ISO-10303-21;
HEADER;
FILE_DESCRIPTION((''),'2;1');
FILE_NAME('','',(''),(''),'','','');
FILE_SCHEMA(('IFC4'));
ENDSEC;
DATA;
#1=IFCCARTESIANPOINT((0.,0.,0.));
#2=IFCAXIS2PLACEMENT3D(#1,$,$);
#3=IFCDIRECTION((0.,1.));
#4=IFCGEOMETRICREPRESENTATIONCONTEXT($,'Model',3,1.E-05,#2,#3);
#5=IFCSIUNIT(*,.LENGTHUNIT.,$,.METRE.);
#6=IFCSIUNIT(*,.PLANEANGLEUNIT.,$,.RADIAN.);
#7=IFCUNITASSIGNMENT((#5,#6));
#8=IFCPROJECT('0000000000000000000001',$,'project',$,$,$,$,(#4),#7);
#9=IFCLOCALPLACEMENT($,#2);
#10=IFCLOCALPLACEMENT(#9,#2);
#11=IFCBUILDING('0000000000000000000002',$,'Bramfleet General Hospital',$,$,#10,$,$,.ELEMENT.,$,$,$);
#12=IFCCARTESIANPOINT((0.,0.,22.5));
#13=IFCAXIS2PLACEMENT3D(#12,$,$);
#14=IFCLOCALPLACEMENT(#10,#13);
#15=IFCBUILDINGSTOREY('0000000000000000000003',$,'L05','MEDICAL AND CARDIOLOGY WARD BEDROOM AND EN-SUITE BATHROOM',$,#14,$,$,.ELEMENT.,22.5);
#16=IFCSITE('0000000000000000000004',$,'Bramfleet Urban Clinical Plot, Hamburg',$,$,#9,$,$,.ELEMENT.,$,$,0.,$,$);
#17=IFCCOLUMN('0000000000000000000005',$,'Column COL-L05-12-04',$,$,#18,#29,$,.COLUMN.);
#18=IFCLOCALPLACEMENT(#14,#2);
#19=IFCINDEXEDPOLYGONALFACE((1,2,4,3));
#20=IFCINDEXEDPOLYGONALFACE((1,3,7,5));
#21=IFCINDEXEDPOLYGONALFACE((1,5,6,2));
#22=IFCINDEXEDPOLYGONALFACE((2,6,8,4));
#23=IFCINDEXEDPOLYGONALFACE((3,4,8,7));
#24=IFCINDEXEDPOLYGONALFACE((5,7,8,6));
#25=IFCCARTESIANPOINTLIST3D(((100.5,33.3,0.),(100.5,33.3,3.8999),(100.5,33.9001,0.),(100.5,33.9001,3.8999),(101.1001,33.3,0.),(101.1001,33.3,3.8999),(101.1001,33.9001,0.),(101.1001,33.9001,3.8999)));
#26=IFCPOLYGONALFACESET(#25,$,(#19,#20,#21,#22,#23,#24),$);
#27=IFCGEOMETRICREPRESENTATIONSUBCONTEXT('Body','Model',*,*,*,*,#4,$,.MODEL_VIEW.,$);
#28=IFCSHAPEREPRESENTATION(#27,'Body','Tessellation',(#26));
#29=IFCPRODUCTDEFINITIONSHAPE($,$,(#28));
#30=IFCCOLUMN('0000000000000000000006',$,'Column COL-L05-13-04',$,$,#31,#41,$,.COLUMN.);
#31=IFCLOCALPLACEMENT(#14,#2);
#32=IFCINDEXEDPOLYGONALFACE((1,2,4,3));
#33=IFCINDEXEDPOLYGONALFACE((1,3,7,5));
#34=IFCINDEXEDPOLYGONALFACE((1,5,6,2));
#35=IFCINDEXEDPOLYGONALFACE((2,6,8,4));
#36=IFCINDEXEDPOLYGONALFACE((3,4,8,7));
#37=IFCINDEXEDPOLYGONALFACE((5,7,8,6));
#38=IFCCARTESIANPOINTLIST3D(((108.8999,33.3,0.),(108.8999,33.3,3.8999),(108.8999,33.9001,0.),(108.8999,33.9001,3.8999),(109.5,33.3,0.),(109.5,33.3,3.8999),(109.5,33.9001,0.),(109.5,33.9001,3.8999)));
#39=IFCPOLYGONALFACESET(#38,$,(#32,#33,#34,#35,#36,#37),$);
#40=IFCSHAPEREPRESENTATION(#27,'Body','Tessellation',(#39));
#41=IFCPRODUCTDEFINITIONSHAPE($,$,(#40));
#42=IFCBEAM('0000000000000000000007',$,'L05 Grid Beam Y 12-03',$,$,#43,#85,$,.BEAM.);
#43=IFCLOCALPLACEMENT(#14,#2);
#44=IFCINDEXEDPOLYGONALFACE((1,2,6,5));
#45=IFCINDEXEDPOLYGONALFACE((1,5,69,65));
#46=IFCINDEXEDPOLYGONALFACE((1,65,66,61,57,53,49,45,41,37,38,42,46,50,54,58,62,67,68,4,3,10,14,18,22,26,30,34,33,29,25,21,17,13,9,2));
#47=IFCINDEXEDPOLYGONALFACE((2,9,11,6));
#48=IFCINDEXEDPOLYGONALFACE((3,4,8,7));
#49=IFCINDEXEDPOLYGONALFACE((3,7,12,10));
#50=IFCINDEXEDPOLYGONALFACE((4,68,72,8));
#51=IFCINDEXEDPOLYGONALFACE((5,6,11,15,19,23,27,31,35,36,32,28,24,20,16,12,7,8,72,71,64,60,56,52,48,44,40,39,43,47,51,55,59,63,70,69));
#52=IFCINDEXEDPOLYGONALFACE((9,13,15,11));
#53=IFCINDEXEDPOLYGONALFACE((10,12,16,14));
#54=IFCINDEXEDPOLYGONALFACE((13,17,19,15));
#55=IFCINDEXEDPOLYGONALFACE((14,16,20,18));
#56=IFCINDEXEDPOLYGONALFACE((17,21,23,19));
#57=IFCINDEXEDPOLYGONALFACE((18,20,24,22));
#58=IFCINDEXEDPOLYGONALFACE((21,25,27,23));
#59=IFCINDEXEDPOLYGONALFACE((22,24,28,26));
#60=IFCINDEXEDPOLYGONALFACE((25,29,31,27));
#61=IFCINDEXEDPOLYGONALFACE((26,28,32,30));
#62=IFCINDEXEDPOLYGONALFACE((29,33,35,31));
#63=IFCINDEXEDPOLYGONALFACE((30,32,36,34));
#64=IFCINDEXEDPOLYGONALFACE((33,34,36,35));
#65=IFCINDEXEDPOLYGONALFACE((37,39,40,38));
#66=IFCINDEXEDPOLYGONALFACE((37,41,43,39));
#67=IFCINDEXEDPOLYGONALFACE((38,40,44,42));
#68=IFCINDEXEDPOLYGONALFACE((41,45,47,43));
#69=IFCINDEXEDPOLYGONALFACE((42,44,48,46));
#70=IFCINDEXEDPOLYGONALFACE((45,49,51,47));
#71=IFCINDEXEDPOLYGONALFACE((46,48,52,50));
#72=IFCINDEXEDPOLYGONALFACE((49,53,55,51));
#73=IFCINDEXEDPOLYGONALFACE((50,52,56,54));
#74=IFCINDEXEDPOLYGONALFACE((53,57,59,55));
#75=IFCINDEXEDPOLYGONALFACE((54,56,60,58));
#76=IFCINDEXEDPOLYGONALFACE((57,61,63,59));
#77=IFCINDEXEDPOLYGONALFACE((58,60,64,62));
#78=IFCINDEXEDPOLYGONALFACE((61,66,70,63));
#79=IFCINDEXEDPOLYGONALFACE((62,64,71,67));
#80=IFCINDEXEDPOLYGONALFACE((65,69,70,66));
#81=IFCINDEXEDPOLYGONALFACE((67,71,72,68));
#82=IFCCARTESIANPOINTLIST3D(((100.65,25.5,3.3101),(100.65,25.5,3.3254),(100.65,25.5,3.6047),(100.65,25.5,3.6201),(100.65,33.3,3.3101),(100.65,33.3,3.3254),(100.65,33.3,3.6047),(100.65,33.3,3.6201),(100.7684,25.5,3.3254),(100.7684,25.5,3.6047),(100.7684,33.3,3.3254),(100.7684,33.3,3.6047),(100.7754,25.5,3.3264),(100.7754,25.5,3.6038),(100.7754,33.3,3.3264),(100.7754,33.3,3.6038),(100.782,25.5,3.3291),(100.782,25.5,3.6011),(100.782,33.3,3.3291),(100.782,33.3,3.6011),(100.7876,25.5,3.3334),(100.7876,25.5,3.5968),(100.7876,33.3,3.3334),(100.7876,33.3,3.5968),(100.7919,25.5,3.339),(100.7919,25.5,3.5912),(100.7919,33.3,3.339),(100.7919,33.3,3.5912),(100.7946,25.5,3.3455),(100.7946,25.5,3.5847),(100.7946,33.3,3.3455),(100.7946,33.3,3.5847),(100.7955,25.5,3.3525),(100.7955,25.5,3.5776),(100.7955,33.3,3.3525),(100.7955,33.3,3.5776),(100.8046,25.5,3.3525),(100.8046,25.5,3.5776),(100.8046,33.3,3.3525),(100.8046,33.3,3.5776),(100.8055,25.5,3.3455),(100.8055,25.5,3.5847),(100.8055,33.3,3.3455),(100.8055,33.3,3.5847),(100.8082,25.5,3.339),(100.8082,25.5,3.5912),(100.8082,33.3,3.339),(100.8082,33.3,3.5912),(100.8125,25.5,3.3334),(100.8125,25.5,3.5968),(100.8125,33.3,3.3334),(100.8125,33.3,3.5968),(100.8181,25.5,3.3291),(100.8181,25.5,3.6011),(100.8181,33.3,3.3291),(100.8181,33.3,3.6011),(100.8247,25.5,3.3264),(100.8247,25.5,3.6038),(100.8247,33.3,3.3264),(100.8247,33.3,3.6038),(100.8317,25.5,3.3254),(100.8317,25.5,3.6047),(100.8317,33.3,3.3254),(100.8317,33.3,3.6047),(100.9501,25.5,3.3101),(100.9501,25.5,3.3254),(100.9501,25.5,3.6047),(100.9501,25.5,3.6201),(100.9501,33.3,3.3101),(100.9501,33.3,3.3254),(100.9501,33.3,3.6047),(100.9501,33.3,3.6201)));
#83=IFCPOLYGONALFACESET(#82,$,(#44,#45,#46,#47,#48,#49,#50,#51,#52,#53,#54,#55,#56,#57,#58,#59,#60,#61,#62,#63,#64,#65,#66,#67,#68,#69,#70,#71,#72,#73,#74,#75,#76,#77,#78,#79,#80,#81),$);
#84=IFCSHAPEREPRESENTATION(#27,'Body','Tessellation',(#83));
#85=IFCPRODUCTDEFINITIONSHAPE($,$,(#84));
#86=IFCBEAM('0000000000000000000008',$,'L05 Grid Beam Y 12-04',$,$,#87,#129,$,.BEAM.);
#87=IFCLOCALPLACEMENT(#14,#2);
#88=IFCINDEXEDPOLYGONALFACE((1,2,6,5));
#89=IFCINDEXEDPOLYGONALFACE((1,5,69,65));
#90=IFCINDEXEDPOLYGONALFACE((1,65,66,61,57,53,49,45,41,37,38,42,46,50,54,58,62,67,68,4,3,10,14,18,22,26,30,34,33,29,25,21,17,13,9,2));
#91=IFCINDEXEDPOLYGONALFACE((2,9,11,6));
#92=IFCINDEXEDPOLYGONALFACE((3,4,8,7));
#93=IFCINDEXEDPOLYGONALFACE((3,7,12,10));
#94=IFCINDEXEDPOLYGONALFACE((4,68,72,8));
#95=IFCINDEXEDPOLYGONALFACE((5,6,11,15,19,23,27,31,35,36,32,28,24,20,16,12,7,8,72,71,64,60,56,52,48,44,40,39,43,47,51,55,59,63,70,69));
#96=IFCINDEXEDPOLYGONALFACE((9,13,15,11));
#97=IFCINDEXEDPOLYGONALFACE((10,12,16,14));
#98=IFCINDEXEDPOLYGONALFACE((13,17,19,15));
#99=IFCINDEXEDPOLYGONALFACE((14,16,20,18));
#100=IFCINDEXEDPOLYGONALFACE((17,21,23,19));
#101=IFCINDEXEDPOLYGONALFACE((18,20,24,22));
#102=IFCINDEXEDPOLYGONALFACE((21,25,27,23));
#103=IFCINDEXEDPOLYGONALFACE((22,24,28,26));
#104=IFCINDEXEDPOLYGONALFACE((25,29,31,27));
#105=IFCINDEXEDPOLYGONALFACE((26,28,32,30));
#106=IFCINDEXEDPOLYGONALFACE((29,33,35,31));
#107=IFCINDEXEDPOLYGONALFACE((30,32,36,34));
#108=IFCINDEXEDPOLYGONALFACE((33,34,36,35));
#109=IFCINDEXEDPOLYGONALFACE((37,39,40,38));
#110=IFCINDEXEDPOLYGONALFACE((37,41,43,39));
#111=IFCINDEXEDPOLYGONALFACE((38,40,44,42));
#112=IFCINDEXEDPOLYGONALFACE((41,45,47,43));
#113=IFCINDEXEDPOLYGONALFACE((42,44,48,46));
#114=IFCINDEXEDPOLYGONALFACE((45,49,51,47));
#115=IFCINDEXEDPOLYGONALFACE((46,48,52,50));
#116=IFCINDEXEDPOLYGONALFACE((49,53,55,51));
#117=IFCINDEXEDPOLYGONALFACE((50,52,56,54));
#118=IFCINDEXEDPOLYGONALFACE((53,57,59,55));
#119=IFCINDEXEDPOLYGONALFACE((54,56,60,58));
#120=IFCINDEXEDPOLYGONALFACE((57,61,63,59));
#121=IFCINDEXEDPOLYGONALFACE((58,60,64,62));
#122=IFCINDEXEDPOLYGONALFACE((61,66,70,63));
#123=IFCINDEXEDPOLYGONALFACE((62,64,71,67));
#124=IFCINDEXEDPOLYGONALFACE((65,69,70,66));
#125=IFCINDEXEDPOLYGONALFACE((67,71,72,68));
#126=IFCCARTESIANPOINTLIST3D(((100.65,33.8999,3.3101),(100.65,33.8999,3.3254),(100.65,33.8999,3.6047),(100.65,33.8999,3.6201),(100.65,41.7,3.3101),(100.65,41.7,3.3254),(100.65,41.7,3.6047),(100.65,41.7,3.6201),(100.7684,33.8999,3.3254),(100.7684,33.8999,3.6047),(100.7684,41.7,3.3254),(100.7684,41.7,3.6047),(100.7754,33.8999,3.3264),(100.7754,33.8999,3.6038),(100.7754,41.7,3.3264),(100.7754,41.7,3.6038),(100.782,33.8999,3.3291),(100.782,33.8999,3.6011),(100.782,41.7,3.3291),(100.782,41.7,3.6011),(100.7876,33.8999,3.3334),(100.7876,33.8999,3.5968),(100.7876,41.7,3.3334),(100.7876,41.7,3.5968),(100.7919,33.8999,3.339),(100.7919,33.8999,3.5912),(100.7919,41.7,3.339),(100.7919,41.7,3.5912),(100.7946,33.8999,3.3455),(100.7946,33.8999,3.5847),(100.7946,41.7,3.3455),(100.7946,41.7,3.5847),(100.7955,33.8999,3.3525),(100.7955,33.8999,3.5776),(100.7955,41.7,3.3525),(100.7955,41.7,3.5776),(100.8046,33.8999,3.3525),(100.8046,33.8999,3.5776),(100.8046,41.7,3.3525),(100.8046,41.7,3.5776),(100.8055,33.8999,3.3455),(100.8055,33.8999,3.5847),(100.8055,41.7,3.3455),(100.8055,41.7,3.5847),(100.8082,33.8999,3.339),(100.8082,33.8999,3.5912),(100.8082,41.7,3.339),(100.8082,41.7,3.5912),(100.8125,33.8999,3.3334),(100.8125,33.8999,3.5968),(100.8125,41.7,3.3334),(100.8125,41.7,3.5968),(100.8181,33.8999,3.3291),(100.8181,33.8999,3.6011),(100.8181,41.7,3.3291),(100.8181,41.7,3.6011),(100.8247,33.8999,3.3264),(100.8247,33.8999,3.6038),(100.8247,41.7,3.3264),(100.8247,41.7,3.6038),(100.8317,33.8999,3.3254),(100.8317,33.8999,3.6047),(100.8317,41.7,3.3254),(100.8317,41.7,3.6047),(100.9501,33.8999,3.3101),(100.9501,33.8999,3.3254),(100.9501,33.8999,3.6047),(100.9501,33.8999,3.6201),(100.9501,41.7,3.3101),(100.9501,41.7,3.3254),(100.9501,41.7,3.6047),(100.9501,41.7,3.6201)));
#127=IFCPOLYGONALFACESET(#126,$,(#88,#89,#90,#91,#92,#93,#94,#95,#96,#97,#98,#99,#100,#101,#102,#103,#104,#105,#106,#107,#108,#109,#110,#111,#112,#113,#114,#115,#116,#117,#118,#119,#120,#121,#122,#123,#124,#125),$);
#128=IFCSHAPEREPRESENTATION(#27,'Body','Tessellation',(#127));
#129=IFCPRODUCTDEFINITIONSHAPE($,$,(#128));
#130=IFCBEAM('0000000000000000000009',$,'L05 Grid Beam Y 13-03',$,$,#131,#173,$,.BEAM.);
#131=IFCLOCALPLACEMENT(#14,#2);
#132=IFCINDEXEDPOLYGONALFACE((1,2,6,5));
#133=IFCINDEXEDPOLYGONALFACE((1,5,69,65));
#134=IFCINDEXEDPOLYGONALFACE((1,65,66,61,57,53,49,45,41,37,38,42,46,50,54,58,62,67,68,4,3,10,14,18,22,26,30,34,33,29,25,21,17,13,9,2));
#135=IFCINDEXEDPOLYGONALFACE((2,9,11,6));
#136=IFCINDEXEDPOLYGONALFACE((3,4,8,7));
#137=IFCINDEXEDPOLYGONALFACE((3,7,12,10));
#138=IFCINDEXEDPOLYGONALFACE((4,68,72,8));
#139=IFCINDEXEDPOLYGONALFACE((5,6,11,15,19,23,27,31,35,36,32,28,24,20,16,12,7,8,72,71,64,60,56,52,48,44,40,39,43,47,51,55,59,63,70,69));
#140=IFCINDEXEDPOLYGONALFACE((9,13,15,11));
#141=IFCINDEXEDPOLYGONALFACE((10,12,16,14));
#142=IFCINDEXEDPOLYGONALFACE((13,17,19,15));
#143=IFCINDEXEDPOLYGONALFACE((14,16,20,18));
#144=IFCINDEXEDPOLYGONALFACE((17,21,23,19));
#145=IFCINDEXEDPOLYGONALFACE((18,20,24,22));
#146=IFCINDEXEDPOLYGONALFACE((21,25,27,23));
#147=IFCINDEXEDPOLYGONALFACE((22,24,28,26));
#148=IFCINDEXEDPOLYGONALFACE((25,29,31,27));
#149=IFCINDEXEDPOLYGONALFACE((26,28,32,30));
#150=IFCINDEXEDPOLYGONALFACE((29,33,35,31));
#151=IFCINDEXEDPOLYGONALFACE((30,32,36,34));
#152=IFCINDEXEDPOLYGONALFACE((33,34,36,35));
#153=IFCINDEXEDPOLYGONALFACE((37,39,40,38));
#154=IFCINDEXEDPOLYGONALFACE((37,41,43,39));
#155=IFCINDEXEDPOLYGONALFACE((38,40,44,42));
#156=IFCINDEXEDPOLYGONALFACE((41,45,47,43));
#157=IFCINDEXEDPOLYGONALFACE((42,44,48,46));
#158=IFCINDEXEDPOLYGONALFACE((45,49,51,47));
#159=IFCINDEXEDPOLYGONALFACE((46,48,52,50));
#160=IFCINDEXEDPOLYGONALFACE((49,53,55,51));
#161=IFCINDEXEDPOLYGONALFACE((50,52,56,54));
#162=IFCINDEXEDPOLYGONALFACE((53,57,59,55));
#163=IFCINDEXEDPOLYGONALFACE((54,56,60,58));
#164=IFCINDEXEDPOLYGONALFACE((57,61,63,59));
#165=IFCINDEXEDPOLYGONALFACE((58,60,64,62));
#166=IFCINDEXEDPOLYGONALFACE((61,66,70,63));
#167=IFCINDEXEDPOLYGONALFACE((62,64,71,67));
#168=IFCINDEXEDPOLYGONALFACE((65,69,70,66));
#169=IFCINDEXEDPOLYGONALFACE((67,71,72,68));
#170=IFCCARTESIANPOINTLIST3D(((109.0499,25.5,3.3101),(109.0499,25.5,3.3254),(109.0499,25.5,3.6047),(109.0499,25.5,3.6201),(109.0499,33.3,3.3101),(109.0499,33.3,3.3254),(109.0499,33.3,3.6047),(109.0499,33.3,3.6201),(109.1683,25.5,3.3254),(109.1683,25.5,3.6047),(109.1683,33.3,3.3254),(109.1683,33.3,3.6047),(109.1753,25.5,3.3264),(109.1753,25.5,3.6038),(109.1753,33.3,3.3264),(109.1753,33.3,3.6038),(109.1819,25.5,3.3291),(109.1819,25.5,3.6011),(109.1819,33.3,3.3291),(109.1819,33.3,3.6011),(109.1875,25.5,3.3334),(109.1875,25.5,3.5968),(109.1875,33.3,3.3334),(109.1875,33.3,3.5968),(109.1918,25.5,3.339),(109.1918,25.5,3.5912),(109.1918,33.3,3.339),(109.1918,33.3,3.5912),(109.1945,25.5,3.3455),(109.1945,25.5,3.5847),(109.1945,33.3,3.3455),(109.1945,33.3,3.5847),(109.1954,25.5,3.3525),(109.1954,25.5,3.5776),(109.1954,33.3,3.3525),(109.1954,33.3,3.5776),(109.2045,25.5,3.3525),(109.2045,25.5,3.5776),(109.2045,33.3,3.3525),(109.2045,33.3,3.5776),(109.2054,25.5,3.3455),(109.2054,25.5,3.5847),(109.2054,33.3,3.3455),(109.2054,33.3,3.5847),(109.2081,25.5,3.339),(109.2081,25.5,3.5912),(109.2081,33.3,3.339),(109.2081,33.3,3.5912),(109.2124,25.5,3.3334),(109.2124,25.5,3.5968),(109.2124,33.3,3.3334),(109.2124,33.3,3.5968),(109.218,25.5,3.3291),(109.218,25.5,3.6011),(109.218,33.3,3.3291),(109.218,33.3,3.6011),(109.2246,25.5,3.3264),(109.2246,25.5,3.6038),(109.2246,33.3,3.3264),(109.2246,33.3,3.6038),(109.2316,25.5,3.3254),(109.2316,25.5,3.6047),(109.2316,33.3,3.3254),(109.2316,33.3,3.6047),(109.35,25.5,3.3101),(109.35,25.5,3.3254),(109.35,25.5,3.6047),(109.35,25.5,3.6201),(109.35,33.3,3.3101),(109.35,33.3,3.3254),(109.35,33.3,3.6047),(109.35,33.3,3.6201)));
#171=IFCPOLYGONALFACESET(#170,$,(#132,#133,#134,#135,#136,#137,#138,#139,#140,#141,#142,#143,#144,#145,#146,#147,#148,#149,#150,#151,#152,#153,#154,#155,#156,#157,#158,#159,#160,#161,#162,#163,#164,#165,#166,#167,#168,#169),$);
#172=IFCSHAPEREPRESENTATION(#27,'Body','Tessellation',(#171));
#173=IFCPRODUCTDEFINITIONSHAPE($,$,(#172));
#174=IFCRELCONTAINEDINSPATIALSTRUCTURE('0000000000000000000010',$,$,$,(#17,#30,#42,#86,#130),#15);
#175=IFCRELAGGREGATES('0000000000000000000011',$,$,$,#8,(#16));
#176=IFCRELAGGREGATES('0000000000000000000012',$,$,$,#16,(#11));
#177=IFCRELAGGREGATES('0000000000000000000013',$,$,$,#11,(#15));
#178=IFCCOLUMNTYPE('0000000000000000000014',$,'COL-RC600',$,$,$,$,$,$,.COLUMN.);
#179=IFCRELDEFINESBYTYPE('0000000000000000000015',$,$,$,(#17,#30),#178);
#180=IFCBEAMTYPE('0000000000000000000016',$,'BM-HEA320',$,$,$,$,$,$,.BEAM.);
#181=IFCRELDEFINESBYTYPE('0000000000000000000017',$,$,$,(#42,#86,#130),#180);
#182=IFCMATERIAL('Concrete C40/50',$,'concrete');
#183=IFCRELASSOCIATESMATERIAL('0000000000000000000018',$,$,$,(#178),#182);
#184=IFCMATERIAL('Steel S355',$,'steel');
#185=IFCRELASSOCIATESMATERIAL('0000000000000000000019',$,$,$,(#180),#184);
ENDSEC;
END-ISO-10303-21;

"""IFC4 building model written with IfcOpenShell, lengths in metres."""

from ifc_helpers import new_model, si_unit, direction, frame, origin, origin_2d, place, context, subcontext, project, spatial, rectangle, i_section, extrude, material, material_profile, profile_set, type_object, element, save


model = new_model("IFC4")

# Units and contexts
model_context = context("Model", 3, precision=1e-05, world=origin(), true_north=direction((0.0, 1.0)))
body_context = subcontext(model_context, "Body", "Model", "MODEL_VIEW")
ifc_project = project(units=[si_unit("LENGTHUNIT", "METRE"), si_unit("PLANEANGLEUNIT", "RADIAN")], contexts=[model_context])

# Site, building, storey
site_placement = place(None, origin())
site = spatial("IfcSite", under=ifc_project, at=site_placement, Name="Bramfleet Urban Clinical Plot, Hamburg", CompositionType="ELEMENT", RefElevation=0.0)
building_placement = place(site_placement, origin())
building = spatial("IfcBuilding", under=site, at=building_placement, Name="Bramfleet General Hospital", CompositionType="ELEMENT")
storey_placement = place(building_placement, frame((0.0, 0.0, 22.5)))
storey = spatial("IfcBuildingStorey", under=building, at=storey_placement, Name="L05", Description="MEDICAL AND CARDIOLOGY WARD BEDROOM AND EN-SUITE BATHROOM", CompositionType="ELEMENT", Elevation=22.5)

# Columns
ifc_material_1 = material(Name="Concrete C40/50", Category="concrete")
ifc_material_profile_1 = material_profile(ifc_material_1, rectangle(XDim=0.6001, YDim=0.6001, at=origin_2d()), Name="RC COL 600x600")
ifc_profile_set_1 = profile_set([ifc_material_profile_1], Name="Concrete C40/50")
column_type = type_object("IfcColumnType", Name="COL-RC600", PredefinedType="COLUMN", material=ifc_profile_set_1)
for number, where, z_axis, x_axis, name in (
    (1, (100.8, 33.6001, 0.0), (0.0, 0.0, 1.0), (1.0, 0.0, 0.0), "Column COL-L05-12-04"),
    (2, (109.2, 33.6001, 0.0), (0.0, 0.0, 1.0), (1.0, 0.0, 0.0), "Column COL-L05-13-04"),
):
    element("IfcColumn", number, at=place(storey_placement, frame(where, z_axis=z_axis, x_axis=x_axis)), inside=storey, type_object=column_type, Name=name, PredefinedType="COLUMN", context=body_context, shape_type="SweptSolid", body=[
        extrude(rectangle(XDim=0.6001, YDim=0.6001, at=origin_2d()), origin(), (0.0, 0.0, 1.0), 3.8999),
    ])

# Beams
ifc_material_2 = material(Name="Steel S355", Category="steel")
ifc_material_profile_2 = material_profile(ifc_material_2, i_section(OverallWidth=0.3, OverallDepth=0.3101, WebThickness=0.009, FlangeThickness=0.0154, FilletRadius=0.0271, at=origin_2d()), Name="HEA 320")
ifc_profile_set_2 = profile_set([ifc_material_profile_2], Name="Steel S355")
beam_type_1 = type_object("IfcBeamType", Name="BM-HEA320", PredefinedType="BEAM", material=ifc_profile_set_2)
for number, where, z_axis, x_axis, name in (
    (3, (100.8, 25.5, 3.4651), (0.0, 1.0, 0.0), (-1.0, 0.0, 0.0), "L05 Grid Beam Y 12-03"),
    (4, (100.8, 33.8999, 3.4651), (0.0, 1.0, 0.0), (-1.0, 0.0, 0.0), "L05 Grid Beam Y 12-04"),
    (5, (109.2, 25.5, 3.4651), (0.0, 1.0, 0.0), (-1.0, 0.0, 0.0), "L05 Grid Beam Y 13-03"),
):
    element("IfcBeam", number, at=place(storey_placement, frame(where, z_axis=z_axis, x_axis=x_axis)), inside=storey, type_object=beam_type_1, Name=name, PredefinedType="BEAM", context=body_context, shape_type="SweptSolid", body=[
        extrude(i_section(OverallWidth=0.3, OverallDepth=0.3101, WebThickness=0.009, FlangeThickness=0.0154, FilletRadius=0.0271, at=origin_2d()), origin(), (0.0, 0.0, 1.0), 7.8),
    ])

save(model, "model.ifc")
